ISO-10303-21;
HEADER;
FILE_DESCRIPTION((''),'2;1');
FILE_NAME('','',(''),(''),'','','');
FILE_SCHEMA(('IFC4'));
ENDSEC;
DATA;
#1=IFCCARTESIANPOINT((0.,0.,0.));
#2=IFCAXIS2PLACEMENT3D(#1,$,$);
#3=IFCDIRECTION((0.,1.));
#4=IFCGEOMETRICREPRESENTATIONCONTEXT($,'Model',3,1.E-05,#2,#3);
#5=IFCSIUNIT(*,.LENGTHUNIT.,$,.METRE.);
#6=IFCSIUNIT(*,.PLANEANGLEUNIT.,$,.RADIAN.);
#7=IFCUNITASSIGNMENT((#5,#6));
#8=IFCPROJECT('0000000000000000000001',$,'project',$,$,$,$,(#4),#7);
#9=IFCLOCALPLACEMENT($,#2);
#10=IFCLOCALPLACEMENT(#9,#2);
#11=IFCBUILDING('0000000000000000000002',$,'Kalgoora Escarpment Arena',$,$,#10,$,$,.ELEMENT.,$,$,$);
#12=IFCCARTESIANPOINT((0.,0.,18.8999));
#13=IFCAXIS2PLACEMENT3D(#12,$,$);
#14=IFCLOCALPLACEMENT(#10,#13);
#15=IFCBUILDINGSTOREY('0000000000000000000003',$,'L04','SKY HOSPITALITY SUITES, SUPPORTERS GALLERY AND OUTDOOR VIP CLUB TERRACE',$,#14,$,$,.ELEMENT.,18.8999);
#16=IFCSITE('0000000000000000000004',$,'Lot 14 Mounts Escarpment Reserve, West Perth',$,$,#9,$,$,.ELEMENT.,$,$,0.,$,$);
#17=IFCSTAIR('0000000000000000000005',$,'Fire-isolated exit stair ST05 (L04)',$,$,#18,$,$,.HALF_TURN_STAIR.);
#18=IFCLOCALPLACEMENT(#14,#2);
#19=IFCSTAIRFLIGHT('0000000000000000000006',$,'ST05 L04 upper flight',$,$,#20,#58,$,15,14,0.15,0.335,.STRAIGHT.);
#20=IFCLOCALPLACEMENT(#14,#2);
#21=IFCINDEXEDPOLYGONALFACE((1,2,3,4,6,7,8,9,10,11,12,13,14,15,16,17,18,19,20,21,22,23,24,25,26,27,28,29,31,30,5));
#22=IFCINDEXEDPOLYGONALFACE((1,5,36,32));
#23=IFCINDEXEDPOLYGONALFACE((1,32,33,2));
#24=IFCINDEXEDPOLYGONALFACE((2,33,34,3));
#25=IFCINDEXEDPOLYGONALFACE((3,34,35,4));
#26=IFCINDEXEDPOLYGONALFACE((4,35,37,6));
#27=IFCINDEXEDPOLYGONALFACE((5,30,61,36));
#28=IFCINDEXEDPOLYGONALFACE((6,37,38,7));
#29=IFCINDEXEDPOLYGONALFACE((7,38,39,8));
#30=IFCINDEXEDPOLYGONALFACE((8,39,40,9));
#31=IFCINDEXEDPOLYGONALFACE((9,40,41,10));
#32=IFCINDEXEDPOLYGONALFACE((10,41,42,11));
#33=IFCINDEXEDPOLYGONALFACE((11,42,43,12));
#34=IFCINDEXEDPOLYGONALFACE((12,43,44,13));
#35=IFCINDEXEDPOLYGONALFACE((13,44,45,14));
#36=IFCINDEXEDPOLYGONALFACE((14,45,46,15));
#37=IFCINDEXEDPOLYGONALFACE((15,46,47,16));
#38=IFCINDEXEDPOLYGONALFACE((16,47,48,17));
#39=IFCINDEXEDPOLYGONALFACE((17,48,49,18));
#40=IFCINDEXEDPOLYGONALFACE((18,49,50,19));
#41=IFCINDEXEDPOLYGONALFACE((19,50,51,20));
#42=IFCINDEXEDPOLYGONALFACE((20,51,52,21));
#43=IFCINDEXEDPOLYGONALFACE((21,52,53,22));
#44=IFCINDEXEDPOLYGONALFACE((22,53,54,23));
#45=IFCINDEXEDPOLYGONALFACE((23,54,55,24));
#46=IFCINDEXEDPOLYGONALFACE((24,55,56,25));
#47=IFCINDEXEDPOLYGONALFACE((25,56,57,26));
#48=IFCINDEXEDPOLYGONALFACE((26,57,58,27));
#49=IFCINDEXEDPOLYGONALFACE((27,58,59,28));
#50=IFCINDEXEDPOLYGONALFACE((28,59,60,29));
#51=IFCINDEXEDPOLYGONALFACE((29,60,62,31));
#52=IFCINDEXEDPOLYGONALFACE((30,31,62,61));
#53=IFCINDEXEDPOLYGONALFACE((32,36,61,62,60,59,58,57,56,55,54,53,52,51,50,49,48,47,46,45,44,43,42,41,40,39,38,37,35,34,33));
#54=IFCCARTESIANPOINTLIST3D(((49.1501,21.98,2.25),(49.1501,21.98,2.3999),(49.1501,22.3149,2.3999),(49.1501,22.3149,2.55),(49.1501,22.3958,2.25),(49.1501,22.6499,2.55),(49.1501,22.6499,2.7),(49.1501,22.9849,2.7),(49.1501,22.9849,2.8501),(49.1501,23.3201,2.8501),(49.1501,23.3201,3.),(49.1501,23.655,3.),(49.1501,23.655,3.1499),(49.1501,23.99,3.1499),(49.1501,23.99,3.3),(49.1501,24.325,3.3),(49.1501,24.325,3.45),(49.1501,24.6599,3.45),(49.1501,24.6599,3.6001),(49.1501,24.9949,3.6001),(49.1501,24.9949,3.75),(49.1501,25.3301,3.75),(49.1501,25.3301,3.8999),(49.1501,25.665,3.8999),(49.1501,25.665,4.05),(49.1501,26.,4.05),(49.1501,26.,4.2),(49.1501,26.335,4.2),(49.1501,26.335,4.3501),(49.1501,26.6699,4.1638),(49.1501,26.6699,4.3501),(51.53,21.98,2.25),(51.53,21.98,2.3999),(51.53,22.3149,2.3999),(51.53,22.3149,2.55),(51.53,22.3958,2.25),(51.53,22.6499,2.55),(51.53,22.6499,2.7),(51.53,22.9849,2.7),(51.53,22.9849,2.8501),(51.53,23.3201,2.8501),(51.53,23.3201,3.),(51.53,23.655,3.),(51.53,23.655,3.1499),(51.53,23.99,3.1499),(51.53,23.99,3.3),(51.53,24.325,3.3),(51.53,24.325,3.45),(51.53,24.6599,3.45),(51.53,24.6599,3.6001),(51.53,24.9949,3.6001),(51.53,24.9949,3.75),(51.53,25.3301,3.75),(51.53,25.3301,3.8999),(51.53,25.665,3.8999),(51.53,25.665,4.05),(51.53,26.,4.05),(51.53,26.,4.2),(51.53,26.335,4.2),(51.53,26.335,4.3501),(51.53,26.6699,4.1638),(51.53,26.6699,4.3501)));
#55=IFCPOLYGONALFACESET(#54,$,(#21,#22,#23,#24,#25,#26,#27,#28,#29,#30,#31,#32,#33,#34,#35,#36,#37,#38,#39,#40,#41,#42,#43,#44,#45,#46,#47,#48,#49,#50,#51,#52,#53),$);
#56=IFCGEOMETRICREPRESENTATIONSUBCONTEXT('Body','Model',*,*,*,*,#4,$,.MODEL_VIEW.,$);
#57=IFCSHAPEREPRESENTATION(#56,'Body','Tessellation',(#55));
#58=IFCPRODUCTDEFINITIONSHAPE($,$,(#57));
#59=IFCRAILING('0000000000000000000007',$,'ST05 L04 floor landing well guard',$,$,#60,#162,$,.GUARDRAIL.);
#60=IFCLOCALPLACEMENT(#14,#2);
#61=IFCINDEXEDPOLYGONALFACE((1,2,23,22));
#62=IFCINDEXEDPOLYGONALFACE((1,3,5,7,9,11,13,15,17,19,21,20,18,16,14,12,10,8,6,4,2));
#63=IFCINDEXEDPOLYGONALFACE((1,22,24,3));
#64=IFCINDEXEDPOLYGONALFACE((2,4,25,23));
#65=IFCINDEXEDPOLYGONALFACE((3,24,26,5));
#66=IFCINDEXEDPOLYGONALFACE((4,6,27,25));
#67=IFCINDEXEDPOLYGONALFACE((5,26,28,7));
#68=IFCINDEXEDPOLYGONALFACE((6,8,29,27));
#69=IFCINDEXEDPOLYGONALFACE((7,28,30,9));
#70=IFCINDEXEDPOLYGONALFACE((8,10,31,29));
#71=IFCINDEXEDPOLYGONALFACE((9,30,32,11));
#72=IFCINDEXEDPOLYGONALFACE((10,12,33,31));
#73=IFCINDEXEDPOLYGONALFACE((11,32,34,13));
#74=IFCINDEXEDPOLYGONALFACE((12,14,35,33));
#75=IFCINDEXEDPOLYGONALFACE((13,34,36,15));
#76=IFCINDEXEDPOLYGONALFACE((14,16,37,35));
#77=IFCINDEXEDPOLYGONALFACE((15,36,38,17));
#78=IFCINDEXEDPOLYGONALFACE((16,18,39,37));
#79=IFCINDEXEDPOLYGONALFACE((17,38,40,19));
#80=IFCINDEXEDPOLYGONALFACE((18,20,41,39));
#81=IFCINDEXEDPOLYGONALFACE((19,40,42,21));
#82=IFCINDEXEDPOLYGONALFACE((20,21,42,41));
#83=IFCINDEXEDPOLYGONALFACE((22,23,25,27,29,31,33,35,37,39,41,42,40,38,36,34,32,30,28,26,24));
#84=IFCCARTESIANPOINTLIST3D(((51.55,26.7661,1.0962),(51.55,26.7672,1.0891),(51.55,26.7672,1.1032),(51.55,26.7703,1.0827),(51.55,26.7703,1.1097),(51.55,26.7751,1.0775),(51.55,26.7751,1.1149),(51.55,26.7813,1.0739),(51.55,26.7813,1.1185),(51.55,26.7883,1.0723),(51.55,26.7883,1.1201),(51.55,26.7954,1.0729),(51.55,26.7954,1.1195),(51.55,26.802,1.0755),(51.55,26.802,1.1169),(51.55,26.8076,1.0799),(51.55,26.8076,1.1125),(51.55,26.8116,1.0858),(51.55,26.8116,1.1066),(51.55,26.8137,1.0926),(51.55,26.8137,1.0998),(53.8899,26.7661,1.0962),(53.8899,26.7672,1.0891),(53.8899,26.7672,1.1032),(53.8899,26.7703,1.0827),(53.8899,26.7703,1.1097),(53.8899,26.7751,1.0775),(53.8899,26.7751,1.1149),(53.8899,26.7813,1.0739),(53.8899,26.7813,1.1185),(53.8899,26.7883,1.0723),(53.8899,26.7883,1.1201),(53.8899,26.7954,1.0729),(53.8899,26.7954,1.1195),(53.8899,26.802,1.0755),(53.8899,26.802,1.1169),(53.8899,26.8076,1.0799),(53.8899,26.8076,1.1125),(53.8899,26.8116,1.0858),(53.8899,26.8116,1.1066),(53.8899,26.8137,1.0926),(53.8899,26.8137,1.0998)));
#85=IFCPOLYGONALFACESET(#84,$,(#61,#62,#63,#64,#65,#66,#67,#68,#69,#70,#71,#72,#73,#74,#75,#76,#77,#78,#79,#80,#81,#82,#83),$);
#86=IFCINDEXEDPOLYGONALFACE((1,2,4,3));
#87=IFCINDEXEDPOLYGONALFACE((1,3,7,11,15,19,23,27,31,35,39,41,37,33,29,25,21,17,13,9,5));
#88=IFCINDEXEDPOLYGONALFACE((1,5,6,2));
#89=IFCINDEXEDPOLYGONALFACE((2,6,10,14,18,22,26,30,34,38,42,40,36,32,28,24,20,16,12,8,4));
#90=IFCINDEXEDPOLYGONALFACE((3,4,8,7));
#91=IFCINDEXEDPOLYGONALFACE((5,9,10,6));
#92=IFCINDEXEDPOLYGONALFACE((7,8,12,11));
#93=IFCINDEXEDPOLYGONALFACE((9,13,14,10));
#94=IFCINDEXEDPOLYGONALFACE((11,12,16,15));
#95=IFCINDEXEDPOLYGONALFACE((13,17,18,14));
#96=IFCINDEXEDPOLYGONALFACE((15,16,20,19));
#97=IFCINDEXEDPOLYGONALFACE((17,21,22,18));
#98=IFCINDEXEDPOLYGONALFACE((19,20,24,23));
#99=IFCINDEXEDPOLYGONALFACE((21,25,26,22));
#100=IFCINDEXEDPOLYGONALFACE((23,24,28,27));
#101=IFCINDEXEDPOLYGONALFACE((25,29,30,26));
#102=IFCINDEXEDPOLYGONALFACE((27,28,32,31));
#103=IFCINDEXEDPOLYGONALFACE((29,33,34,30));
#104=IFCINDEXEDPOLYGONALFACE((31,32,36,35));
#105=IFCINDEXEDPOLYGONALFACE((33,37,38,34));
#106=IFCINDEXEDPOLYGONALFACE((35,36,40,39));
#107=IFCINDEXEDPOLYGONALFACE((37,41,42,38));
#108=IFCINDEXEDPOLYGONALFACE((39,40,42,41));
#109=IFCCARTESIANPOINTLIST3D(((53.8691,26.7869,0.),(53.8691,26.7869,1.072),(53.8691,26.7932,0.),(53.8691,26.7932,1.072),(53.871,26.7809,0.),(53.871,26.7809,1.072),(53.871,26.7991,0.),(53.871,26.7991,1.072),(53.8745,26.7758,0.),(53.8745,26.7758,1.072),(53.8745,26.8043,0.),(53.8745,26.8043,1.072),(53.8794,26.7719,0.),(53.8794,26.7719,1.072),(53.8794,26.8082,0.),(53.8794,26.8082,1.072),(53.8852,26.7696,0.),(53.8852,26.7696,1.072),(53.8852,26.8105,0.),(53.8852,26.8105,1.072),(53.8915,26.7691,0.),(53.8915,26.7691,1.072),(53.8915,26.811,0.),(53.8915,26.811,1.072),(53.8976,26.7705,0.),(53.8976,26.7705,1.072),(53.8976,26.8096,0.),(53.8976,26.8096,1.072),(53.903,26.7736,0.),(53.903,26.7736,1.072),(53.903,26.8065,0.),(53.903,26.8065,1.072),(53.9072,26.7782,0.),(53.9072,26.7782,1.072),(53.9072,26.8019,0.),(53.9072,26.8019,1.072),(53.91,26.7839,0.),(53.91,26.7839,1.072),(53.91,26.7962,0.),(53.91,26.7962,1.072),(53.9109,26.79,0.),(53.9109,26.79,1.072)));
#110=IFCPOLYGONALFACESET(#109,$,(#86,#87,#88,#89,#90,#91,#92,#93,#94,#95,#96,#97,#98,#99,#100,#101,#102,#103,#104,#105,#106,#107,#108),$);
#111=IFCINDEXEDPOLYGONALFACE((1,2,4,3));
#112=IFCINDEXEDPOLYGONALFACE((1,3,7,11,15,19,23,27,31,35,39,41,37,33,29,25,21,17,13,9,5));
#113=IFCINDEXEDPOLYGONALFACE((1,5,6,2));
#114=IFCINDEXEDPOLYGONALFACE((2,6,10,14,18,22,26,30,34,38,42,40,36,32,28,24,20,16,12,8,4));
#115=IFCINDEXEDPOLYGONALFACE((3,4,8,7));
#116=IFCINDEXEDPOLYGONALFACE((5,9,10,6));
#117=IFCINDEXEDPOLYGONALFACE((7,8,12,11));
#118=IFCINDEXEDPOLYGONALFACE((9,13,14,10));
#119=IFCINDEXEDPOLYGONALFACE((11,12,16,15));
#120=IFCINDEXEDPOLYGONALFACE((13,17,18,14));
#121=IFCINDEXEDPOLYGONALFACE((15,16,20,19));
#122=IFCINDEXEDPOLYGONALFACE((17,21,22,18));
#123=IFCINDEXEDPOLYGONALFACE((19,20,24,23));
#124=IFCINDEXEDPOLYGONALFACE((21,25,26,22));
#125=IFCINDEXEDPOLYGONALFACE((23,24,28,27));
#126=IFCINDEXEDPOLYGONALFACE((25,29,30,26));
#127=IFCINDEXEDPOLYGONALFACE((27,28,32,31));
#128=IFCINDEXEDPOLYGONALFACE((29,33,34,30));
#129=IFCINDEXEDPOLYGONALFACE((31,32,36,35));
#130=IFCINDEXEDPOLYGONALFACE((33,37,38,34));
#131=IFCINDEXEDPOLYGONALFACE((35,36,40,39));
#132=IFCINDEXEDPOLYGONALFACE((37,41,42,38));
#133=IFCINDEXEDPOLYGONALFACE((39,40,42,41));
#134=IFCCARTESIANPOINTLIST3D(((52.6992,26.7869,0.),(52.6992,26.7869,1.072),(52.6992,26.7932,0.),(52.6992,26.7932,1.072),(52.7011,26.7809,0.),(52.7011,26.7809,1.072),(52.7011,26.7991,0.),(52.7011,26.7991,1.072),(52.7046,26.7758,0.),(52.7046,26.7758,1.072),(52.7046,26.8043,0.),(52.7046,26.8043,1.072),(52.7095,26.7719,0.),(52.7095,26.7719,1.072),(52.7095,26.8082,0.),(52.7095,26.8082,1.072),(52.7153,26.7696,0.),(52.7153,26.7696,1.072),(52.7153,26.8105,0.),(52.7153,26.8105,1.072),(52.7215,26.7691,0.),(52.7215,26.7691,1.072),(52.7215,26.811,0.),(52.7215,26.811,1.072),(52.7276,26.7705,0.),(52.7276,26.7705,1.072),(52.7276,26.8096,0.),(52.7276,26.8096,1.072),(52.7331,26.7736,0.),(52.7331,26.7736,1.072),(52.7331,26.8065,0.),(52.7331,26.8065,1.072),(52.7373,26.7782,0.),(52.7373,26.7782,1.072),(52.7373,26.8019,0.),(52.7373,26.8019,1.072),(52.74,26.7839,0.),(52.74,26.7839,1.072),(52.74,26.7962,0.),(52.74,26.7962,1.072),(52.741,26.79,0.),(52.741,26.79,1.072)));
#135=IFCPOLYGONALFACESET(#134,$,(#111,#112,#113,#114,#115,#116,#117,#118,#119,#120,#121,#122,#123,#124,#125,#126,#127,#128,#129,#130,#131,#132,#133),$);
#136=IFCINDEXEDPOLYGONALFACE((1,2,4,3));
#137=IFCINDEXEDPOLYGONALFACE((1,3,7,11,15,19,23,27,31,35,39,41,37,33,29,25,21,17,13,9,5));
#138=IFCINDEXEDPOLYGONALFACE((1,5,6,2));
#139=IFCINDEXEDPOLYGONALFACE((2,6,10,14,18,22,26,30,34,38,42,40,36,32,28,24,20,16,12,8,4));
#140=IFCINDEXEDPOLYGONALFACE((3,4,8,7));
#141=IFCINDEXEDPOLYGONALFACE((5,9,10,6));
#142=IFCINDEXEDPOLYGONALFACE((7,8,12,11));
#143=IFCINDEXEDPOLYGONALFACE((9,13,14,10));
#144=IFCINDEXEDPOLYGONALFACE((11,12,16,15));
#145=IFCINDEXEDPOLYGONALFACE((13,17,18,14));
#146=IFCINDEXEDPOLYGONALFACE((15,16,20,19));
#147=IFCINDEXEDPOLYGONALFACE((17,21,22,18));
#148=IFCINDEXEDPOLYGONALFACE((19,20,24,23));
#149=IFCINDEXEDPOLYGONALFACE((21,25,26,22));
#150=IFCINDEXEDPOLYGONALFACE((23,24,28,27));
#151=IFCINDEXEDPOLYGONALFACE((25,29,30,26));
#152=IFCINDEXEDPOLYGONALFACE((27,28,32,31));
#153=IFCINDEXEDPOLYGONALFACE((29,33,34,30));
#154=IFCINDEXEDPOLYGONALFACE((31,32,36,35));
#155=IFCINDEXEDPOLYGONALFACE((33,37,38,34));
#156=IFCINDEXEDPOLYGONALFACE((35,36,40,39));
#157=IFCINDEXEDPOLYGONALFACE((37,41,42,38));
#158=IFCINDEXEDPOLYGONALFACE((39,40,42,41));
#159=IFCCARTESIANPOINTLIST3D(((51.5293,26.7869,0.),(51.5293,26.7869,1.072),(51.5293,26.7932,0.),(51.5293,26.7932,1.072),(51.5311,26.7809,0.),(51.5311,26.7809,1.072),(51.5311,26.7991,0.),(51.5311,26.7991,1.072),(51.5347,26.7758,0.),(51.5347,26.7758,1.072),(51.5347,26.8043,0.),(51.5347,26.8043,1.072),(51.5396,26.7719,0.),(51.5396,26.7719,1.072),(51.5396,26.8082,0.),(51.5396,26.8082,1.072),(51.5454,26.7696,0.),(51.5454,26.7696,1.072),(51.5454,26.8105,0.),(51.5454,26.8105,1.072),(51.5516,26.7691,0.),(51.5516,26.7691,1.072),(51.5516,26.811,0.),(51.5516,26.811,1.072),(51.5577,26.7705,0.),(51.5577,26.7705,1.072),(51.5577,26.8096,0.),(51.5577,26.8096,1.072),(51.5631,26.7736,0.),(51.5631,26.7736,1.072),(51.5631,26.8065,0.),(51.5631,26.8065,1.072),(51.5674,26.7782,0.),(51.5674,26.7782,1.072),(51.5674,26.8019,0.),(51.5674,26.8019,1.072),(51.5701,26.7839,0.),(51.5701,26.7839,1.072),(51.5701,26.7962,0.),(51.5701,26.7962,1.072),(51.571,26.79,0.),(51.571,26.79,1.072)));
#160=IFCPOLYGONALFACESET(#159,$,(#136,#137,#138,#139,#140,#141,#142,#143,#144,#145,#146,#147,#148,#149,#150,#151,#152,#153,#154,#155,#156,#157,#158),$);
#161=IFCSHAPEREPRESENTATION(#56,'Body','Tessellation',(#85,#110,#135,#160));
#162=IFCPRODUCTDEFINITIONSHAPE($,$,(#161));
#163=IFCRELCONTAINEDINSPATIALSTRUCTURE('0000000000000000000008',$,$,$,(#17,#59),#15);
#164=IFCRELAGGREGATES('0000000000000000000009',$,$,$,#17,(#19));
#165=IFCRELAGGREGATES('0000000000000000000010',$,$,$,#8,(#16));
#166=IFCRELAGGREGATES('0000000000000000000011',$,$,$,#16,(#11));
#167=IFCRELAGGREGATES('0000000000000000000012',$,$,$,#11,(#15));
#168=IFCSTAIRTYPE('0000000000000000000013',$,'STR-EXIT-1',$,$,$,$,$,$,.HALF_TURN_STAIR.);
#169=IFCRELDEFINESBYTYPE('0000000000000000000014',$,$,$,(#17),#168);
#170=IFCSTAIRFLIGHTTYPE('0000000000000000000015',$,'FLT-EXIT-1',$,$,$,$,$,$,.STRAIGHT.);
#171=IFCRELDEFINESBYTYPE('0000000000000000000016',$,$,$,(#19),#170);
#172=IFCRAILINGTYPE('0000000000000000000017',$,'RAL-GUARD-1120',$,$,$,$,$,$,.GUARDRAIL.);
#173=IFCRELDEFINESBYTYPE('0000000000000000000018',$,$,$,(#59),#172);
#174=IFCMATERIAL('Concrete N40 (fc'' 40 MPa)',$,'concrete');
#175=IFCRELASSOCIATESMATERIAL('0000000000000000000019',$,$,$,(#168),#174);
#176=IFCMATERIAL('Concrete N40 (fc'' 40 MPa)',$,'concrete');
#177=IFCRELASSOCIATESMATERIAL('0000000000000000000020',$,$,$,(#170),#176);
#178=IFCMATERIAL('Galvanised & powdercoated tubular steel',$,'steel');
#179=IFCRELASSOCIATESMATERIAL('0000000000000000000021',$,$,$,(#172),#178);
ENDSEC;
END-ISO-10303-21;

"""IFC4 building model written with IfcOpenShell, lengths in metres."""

from ifc_helpers import new_model, si_unit, direction, frame, origin, origin_2d, place, context, subcontext, project, spatial, polyline, circle, outline, extrude, material, type_object, element, aggregate, save


model = new_model("IFC4")

# Units and contexts
model_context = context("Model", 3, precision=1e-05, world=origin(), true_north=direction((0.0, 1.0)))
body_context = subcontext(model_context, "Body", "Model", "MODEL_VIEW")
ifc_project = project(units=[si_unit("LENGTHUNIT", "METRE"), si_unit("PLANEANGLEUNIT", "RADIAN")], contexts=[model_context])

# Site, building, storey
site_placement = place(None, origin())
site = spatial("IfcSite", under=ifc_project, at=site_placement, Name="Lot 14 Mounts Escarpment Reserve, West Perth", CompositionType="ELEMENT", RefElevation=0.0)
building_placement = place(site_placement, origin())
building = spatial("IfcBuilding", under=site, at=building_placement, Name="Kalgoora Escarpment Arena", CompositionType="ELEMENT")
storey_placement = place(building_placement, frame((0.0, 0.0, 18.8999)))
storey = spatial("IfcBuildingStorey", under=building, at=storey_placement, Name="L04", Description="SKY HOSPITALITY SUITES, SUPPORTERS GALLERY AND OUTDOOR VIP CLUB TERRACE", CompositionType="ELEMENT", Elevation=18.8999)

# Stair, stair flight
ifc_material_1 = material(Name="Concrete N40 (fc' 40 MPa)", Category="concrete")
stair_type = type_object("IfcStairType", Name="STR-EXIT-1", PredefinedType="HALF_TURN_STAIR", material=ifc_material_1)
stair_placement = place(storey_placement, origin())
stair = element("IfcStair", 1, at=stair_placement, inside=storey, type_object=stair_type, Name="Fire-isolated exit stair ST05 (L04)", PredefinedType="HALF_TURN_STAIR")
ifc_material_2 = material(Name="Concrete N40 (fc' 40 MPa)", Category="concrete")
stair_flight_type = type_object("IfcStairFlightType", Name="FLT-EXIT-1", PredefinedType="STRAIGHT", material=ifc_material_2)
stair_flight_1_placement = place(storey_placement, frame((50.3401, 21.98, 2.25), z_axis=(0.0, 0.0, 1.0), x_axis=(0.0, 1.0, 0.0)))
stair_flight_1 = element("IfcStairFlight", 2, at=stair_flight_1_placement, type_object=stair_flight_type, Name="ST05 L04 upper flight", NumberOfRisers=15, NumberOfTreads=14, PredefinedType="STRAIGHT", RiserHeight=0.15, TreadLength=0.335, context=body_context, shape_type="SweptSolid", body=[
    extrude(outline(polyline([(0.0, 0.0), (0.0, 0.1499), (0.335, 0.1499), (0.335, 0.3), (0.6699, 0.3), (0.6699, 0.45), (1.0049, 0.45), (1.0049, 0.6001), (1.3401, 0.6001), (1.3401, 0.75), (1.675, 0.75), (1.675, 0.8999), (2.01, 0.8999), (2.01, 1.05), (2.345, 1.05), (2.345, 1.2), (2.6799, 1.2), (2.6799, 1.3501), (3.0149, 1.3501), (3.0149, 1.5), (3.3501, 1.5), (3.3501, 1.6499), (3.6851, 1.6499), (3.6851, 1.8), (4.02, 1.8), (4.02, 1.95), (4.355, 1.95), (4.355, 2.1001), (4.6899, 2.1001), (4.6899, 2.25), (4.6899, 1.9138), (0.4158, 0.0), (0.0, 0.0)])), frame((0.0, 1.1899, 0.0), z_axis=(0.0, -1.0, 0.0), x_axis=(1.0, 0.0, 0.0)), (0.0, 0.0, 1.0), 2.3799),
])
aggregate(stair, [stair_flight_1])

# Railing
ifc_material_3 = material(Name="Galvanised & powdercoated tubular steel", Category="steel")
railing_type_1 = type_object("IfcRailingType", Name="RAL-GUARD-1120", PredefinedType="GUARDRAIL", material=ifc_material_3)
railing_1_placement = place(storey_placement, frame((53.8899, 26.79, 0.0)))
element("IfcRailing", 3, at=railing_1_placement, inside=storey, type_object=railing_type_1, Name="ST05 L04 floor landing well guard", PredefinedType="GUARDRAIL", context=body_context, shape_type="SweptSolid", body=[
    extrude(circle(Radius=0.0239, at=origin_2d()), frame((0.0, 0.0, 1.0962), z_axis=(-1.0, 0.0, 0.0), x_axis=(0.0, -1.0, 0.0)), (0.0, 0.0, 1.0), 2.3398),
    extrude(circle(Radius=0.021, at=origin_2d()), origin(), (0.0, 0.0, 1.0), 1.072),
    extrude(circle(Radius=0.021, at=origin_2d()), frame((-1.1699, 0.0, 0.0)), (0.0, 0.0, 1.0), 1.072),
    extrude(circle(Radius=0.021, at=origin_2d()), frame((-2.3398, 0.0, 0.0)), (0.0, 0.0, 1.0), 1.072),
])

save(model, "model.ifc")
